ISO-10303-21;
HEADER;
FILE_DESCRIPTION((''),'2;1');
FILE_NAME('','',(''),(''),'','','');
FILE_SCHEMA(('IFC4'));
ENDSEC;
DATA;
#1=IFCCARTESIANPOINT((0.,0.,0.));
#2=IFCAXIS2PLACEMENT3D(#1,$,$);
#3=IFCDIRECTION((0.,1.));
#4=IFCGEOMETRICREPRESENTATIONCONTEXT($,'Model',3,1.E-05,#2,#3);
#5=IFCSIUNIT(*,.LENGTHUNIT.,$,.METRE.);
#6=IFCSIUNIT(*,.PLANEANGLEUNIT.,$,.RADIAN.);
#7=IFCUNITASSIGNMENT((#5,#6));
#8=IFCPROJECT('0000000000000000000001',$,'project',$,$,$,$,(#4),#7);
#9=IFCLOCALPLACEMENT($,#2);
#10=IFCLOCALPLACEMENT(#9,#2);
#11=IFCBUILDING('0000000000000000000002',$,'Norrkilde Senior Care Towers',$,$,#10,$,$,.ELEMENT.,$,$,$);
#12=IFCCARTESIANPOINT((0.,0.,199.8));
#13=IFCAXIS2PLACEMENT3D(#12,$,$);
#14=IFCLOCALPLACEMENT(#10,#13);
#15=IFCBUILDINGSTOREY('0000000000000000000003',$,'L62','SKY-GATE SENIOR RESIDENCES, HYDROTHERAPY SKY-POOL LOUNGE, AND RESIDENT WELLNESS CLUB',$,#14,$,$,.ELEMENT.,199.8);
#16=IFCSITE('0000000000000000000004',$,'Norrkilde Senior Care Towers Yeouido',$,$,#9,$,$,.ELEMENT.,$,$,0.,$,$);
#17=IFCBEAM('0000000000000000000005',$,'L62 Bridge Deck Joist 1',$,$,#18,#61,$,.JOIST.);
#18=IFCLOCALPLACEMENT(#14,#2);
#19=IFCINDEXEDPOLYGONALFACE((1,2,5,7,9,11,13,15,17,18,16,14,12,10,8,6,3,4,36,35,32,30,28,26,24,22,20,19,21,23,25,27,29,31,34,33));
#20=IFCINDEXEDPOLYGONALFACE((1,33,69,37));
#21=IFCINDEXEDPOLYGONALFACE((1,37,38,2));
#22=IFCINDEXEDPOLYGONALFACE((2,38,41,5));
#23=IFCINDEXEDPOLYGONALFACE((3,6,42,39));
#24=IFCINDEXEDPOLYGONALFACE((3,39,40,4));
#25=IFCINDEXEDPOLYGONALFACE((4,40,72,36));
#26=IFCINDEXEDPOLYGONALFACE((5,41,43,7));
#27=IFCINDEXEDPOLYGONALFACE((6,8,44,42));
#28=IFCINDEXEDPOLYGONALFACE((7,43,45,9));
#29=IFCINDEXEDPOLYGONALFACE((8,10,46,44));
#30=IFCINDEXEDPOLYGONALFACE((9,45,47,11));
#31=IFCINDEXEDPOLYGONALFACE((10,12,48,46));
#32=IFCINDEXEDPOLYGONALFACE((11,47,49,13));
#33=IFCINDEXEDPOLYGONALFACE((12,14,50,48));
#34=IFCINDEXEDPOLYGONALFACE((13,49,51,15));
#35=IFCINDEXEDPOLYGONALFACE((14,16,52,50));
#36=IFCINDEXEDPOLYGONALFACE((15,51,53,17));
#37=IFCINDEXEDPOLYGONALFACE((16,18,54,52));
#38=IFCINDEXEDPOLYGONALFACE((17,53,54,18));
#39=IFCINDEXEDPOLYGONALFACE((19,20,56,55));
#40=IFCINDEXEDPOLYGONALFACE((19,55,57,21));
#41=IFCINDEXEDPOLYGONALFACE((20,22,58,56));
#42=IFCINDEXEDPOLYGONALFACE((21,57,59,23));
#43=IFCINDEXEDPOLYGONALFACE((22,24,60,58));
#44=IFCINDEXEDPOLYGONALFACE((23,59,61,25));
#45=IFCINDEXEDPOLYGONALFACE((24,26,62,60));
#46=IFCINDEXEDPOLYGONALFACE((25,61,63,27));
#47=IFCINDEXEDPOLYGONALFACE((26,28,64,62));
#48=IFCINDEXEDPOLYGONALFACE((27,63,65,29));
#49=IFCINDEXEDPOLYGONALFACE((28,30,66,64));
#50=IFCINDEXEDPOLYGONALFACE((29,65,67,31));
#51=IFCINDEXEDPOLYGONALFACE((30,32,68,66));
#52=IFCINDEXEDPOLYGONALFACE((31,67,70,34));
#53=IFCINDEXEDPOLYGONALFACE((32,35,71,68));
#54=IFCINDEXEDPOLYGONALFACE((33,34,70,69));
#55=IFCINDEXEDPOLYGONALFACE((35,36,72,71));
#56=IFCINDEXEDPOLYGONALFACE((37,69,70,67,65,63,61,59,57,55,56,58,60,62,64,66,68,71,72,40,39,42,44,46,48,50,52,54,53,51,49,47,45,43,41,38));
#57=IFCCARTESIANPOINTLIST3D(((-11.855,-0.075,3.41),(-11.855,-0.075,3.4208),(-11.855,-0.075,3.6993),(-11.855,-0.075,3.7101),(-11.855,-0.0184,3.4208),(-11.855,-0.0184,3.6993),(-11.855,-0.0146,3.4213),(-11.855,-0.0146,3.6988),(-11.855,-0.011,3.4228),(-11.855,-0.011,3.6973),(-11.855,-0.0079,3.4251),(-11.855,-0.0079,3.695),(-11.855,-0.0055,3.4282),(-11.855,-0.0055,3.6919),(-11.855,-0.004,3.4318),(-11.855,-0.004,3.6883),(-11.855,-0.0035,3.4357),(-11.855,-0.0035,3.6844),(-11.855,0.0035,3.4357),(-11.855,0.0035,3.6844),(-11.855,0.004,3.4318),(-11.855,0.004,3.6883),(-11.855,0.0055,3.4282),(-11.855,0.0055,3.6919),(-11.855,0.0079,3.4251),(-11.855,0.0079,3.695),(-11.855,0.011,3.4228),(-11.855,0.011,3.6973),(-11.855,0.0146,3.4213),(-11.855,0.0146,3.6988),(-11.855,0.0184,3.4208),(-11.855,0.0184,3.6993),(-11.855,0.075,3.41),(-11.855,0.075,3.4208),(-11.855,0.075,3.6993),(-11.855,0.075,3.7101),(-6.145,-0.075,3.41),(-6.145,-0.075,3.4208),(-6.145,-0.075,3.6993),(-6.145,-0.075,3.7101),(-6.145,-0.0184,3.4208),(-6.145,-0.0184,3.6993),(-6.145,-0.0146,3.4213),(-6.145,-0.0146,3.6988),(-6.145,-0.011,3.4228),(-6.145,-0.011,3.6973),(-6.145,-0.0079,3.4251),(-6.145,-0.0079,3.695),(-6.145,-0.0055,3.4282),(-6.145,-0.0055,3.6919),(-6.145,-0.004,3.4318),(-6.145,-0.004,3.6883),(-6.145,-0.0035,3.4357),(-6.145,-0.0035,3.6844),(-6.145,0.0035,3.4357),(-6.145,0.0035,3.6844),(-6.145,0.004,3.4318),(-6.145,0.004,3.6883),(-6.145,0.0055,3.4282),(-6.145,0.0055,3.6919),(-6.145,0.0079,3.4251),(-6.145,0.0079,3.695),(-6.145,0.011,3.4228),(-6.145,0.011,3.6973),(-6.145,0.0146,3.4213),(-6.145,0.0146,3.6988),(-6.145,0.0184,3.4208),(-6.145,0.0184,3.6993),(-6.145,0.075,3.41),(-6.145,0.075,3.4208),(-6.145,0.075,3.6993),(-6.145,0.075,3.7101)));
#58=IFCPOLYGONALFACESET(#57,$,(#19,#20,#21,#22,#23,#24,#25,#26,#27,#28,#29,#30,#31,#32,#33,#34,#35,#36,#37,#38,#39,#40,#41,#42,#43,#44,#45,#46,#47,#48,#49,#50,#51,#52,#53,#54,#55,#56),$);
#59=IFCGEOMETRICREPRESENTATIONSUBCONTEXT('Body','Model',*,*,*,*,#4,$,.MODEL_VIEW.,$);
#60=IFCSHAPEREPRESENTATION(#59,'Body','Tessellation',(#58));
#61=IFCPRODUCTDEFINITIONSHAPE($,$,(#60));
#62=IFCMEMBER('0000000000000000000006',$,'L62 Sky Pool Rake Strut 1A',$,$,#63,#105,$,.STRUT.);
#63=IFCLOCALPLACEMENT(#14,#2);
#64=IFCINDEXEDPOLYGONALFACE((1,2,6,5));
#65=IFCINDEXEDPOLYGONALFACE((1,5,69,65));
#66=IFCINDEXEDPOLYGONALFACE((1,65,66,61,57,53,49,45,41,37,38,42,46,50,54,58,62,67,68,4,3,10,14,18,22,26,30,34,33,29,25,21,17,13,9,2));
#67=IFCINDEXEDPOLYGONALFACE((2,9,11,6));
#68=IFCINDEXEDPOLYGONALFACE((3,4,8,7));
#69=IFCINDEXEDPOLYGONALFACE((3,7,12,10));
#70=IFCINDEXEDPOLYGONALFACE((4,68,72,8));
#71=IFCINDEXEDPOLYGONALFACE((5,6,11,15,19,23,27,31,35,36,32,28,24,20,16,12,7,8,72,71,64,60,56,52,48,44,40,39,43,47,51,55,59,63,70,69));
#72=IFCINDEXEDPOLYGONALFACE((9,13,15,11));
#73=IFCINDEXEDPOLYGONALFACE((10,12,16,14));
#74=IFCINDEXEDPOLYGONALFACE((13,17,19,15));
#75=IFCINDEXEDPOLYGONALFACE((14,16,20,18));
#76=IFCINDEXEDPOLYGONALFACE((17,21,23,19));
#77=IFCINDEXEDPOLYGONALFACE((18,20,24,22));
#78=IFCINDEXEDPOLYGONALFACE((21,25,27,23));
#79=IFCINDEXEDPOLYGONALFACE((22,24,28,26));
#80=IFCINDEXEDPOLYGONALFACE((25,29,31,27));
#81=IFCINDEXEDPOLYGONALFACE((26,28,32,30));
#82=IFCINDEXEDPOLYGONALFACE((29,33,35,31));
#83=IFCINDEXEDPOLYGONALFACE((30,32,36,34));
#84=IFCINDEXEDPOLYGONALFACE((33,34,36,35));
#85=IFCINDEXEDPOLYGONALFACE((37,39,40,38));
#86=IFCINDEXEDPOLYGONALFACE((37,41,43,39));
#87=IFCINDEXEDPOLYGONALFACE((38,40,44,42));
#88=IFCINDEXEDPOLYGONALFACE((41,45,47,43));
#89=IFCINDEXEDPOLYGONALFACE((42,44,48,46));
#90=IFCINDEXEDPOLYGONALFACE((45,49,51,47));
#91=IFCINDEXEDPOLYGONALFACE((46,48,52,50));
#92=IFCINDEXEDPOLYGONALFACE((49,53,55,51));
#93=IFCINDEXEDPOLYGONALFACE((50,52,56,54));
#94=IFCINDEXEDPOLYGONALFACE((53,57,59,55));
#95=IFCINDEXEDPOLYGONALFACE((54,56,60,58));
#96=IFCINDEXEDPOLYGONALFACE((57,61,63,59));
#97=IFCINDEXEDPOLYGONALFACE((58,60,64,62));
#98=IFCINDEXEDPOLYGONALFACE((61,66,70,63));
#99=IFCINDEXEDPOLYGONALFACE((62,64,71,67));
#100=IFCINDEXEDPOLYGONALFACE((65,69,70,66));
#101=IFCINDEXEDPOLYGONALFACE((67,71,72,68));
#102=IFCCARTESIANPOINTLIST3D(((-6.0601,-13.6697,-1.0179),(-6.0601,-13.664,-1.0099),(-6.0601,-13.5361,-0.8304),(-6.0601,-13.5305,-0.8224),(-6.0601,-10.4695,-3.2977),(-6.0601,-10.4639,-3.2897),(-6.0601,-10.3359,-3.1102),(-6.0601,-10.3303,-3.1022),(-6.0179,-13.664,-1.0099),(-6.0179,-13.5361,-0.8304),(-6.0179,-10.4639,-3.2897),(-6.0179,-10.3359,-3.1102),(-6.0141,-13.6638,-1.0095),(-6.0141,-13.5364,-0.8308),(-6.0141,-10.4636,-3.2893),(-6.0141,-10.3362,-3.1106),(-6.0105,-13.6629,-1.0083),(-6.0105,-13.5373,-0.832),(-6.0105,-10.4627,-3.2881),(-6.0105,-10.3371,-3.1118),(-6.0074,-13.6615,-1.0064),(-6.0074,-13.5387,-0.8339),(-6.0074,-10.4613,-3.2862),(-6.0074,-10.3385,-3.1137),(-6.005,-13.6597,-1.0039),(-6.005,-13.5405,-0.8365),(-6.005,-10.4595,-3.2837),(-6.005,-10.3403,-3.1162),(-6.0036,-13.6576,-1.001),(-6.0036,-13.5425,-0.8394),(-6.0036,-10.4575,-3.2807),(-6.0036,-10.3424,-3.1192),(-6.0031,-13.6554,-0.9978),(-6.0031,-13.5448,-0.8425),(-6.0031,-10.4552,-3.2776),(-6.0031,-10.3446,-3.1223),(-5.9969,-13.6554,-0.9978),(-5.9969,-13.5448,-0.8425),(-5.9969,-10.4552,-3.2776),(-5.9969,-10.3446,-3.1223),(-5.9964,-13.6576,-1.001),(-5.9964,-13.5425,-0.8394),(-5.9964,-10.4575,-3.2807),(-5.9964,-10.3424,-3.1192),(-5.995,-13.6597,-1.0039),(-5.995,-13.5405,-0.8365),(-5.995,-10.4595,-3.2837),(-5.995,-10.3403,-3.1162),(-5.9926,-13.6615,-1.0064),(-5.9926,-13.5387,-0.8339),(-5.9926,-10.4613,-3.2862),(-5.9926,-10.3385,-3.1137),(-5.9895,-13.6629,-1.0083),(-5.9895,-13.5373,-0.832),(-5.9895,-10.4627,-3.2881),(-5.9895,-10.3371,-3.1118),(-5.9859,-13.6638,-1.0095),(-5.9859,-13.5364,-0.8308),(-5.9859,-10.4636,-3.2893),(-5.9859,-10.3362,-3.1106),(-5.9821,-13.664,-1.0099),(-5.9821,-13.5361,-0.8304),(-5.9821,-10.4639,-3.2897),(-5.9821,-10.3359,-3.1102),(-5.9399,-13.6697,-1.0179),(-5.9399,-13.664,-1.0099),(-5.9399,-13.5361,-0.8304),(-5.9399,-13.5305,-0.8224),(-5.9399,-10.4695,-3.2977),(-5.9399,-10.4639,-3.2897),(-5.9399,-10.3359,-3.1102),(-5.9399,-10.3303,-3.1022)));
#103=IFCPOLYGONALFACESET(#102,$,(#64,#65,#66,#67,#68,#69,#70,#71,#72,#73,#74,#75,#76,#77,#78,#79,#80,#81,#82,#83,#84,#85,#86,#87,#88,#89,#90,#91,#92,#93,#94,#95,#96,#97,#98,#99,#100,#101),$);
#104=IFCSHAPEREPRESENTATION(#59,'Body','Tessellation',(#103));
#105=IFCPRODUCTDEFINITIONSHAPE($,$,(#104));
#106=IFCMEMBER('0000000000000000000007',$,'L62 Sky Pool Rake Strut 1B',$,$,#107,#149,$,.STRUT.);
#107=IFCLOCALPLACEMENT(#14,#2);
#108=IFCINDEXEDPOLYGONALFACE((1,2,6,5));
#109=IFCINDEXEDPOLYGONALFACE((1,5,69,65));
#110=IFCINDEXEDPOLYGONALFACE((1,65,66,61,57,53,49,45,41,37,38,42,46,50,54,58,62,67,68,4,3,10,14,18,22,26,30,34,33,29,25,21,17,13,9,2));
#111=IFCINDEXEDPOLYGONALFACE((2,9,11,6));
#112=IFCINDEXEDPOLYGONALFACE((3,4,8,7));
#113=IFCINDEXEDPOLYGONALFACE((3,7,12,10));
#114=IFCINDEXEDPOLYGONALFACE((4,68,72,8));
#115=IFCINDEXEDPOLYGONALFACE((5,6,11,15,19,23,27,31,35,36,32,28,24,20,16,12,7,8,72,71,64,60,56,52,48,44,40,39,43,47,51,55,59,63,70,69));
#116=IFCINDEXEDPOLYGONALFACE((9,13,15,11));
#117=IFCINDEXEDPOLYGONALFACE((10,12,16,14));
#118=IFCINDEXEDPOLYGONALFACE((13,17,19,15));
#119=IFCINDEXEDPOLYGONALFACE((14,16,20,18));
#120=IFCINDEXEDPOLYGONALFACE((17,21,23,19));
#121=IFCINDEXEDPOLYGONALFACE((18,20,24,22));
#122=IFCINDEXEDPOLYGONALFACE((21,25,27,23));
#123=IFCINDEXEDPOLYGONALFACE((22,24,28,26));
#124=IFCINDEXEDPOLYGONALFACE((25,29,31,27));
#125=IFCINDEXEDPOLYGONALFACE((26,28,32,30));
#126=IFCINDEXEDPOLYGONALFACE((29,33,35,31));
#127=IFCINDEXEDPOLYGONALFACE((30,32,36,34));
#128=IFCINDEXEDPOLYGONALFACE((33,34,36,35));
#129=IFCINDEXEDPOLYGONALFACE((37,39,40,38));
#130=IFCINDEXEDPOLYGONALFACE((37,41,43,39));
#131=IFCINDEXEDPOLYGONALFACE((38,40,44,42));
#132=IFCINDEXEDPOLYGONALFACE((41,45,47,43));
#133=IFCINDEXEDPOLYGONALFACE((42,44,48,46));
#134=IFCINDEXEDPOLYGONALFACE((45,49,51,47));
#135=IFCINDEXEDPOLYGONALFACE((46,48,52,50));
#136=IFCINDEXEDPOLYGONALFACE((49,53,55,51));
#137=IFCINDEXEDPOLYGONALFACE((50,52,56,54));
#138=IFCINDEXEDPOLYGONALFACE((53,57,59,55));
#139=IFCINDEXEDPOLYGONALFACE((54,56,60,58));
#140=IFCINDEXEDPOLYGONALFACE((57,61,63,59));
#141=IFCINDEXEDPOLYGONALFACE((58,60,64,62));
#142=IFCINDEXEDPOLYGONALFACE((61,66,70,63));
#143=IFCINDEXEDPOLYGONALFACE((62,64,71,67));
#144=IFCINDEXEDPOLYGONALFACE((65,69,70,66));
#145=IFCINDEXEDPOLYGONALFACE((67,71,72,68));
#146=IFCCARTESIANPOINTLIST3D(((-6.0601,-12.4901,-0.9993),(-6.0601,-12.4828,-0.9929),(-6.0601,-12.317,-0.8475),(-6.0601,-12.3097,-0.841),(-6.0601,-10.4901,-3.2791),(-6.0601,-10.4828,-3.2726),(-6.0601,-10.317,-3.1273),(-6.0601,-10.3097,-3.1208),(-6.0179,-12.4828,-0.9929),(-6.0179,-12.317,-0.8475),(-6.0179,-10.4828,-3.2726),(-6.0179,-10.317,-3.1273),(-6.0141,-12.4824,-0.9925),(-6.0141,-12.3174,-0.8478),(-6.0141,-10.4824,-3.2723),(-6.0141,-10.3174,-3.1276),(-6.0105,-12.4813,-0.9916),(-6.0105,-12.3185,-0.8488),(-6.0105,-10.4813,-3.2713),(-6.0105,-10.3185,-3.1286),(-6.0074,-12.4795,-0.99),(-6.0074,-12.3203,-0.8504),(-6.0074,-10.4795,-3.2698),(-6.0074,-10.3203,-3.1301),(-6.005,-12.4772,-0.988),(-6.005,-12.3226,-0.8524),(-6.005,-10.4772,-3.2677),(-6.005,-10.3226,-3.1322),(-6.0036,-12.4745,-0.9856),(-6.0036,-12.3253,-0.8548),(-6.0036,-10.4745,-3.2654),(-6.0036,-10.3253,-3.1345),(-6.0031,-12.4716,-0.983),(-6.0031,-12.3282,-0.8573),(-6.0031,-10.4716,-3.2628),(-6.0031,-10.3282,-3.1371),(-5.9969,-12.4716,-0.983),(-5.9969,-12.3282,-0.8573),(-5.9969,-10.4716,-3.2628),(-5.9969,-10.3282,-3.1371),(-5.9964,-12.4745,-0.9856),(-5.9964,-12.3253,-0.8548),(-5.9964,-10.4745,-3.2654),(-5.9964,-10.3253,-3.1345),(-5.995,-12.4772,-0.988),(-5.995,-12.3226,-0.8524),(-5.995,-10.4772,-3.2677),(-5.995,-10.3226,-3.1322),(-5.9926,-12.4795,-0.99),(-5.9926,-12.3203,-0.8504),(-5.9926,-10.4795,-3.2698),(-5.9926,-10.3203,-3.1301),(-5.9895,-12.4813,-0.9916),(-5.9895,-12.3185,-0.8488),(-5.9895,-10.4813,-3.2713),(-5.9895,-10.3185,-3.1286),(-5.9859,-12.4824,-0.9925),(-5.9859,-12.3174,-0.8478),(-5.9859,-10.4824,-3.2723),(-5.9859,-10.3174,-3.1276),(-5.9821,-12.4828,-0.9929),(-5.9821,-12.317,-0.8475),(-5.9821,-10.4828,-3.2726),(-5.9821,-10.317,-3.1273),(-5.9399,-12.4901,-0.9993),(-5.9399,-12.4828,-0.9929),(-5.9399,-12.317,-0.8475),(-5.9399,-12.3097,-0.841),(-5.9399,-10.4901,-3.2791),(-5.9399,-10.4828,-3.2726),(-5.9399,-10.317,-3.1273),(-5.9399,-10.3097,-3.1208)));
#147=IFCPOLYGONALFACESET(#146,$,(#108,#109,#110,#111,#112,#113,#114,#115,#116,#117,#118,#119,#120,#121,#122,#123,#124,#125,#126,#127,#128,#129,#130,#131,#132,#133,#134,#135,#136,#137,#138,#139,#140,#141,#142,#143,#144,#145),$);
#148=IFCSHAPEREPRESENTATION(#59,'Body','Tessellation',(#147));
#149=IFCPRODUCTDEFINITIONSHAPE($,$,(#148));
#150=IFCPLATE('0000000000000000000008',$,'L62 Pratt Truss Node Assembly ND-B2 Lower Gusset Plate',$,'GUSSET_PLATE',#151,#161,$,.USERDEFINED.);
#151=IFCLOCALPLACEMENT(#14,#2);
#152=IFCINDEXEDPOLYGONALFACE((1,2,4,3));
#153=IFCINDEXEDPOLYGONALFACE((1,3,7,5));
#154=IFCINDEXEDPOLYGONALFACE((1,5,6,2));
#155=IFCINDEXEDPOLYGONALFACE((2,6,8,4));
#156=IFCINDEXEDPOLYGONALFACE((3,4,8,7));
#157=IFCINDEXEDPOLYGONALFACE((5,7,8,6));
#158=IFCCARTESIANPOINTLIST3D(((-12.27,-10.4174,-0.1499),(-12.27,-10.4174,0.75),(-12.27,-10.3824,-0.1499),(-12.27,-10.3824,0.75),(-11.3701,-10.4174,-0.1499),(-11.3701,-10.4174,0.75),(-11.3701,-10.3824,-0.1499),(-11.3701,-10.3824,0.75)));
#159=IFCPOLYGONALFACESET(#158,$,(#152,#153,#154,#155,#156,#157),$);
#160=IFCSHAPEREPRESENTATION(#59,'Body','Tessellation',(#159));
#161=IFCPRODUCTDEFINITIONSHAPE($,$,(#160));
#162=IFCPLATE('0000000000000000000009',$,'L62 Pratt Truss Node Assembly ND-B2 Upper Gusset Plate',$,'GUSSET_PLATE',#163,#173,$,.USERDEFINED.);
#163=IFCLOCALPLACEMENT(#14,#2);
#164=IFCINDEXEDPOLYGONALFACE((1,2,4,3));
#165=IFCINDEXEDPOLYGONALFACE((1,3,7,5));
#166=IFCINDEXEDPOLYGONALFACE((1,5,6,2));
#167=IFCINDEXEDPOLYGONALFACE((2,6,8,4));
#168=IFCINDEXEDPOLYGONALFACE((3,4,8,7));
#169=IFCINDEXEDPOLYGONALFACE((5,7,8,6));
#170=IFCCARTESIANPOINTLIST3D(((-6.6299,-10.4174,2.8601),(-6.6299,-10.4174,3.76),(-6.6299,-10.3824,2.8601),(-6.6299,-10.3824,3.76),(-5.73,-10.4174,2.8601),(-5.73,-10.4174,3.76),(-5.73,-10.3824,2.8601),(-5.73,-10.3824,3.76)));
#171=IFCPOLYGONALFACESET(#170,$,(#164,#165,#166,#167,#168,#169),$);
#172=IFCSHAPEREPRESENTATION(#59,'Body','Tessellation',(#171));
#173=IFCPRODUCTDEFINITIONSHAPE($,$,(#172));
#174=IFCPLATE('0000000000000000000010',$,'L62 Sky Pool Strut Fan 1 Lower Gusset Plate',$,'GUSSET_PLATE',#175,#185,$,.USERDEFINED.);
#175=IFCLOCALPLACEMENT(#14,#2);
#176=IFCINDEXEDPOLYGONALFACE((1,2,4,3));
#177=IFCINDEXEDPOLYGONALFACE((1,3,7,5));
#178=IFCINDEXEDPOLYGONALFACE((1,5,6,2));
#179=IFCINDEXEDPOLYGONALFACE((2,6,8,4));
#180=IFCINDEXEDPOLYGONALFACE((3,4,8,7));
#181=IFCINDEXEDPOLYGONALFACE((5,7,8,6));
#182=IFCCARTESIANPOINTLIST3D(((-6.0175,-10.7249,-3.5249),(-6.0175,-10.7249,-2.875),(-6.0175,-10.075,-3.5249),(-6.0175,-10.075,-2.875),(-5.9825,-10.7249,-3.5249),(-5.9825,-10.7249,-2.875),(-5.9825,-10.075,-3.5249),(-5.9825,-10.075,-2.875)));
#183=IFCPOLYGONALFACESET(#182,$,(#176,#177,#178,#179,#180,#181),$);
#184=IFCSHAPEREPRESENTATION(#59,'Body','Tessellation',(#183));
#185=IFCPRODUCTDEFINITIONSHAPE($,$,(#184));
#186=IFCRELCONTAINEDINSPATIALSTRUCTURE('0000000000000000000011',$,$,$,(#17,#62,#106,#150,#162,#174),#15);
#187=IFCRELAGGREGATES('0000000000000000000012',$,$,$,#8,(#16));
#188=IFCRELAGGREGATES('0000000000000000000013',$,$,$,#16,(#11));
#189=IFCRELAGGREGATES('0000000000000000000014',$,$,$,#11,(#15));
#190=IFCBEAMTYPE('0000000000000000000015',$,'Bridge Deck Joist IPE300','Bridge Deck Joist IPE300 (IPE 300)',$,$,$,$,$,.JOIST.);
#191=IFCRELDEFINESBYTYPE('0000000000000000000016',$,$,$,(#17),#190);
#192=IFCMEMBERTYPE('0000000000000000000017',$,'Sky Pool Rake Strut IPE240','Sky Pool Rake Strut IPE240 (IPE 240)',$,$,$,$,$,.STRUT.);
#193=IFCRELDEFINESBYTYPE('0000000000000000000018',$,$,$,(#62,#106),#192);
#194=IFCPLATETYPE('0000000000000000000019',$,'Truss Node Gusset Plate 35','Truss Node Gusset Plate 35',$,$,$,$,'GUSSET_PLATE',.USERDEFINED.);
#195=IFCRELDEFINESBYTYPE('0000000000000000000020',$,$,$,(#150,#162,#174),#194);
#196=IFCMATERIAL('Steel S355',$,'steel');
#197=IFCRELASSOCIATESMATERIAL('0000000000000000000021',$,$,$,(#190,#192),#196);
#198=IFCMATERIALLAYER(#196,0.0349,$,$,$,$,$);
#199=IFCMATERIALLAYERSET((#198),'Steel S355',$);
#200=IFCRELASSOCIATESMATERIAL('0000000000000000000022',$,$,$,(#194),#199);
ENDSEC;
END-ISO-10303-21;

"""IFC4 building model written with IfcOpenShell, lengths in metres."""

from ifc_helpers import new_model, si_unit, direction, frame, origin, origin_2d, place, context, subcontext, project, spatial, rectangle, i_section, extrude, source, transform, mapped, material, layer, layer_set, material_profile, profile_set, type_object, type_shapes, element, save


model = new_model("IFC4")

# Units and contexts
model_context = context("Model", 3, precision=1e-05, world=origin(), true_north=direction((0.0, 1.0)))
body_context = subcontext(model_context, "Body", "Model", "MODEL_VIEW")
ifc_project = project(units=[si_unit("LENGTHUNIT", "METRE"), si_unit("PLANEANGLEUNIT", "RADIAN")], contexts=[model_context])

# Site, building, storey
site_placement = place(None, origin())
site = spatial("IfcSite", under=ifc_project, at=site_placement, Name="Norrkilde Senior Care Towers Yeouido", CompositionType="ELEMENT", RefElevation=0.0)
building_placement = place(site_placement, origin())
building = spatial("IfcBuilding", under=site, at=building_placement, Name="Norrkilde Senior Care Towers", CompositionType="ELEMENT")
storey_placement = place(building_placement, frame((0.0, 0.0, 199.8)))
storey = spatial("IfcBuildingStorey", under=building, at=storey_placement, Name="L62", Description="SKY-GATE SENIOR RESIDENCES, HYDROTHERAPY SKY-POOL LOUNGE, AND RESIDENT WELLNESS CLUB", CompositionType="ELEMENT", Elevation=199.8)

# Shared definitions
ifc_material_1 = material(Name="Steel S355", Category="steel")

# Beam
ifc_material_profile_1 = material_profile(ifc_material_1, i_section(OverallWidth=0.1499, OverallDepth=0.3, WebThickness=0.0071, FlangeThickness=0.0107, FilletRadius=0.0149, at=origin_2d()), Name="IPE 300")
ifc_profile_set_1 = profile_set([ifc_material_profile_1], Name="Steel S355")
beam_type_1 = type_object("IfcBeamType", Name="Bridge Deck Joist IPE300", Description="Bridge Deck Joist IPE300 (IPE 300)", PredefinedType="JOIST", material=ifc_profile_set_1)
shared_shape_1 = source(origin(), body_context, "Body", "SweptSolid", [
    extrude(i_section(OverallWidth=0.1499, OverallDepth=0.3, WebThickness=0.0071, FlangeThickness=0.0107, FilletRadius=0.0149, at=origin_2d()), origin(), (0.0, 0.0, 1.0), 5.71),
])
type_shapes(beam_type_1, [shared_shape_1])
beam_1_placement = place(storey_placement, frame((-11.855, 0.0, 3.5601), z_axis=(1.0, 0.0, 0.0), x_axis=(0.0, 1.0, 0.0)))
element("IfcBeam", 1, at=beam_1_placement, inside=storey, type_object=beam_type_1, Name="L62 Bridge Deck Joist 1", PredefinedType="JOIST", context=body_context, shape_type="MappedRepresentation", body=[
    mapped(shared_shape_1, transform((0.0, 0.0, 0.0), x_axis=(1.0, 0.0, 0.0), y_axis=(0.0, 1.0, 0.0), z_axis=(0.0, 0.0, 1.0), scale=1.0)),
])

# Members
ifc_material_profile_2 = material_profile(ifc_material_1, i_section(OverallWidth=0.1201, OverallDepth=0.24, WebThickness=0.0061, FlangeThickness=0.0098, FilletRadius=0.0149, at=origin_2d()), Name="IPE 240")
ifc_profile_set_2 = profile_set([ifc_material_profile_2], Name="Steel S355")
member_type_1 = type_object("IfcMemberType", Name="Sky Pool Rake Strut IPE240", Description="Sky Pool Rake Strut IPE240 (IPE 240)", PredefinedType="STRUT", material=ifc_profile_set_2)
shared_shape_2 = source(origin(), body_context, "Body", "SweptSolid", [
    extrude(i_section(OverallWidth=0.1201, OverallDepth=0.24, WebThickness=0.0061, FlangeThickness=0.0098, FilletRadius=0.0149, at=origin_2d()), origin(), (0.0, 0.0, 1.0), 3.9292),
])
member_1_placement = place(storey_placement, frame((-6.0, -10.3999, -3.2), z_axis=(0.0, -0.814463, 0.580215), x_axis=(1.0, 0.0, 0.0)))
element("IfcMember", 2, at=member_1_placement, inside=storey, type_object=member_type_1, Name="L62 Sky Pool Rake Strut 1A", PredefinedType="STRUT", context=body_context, shape_type="MappedRepresentation", body=[
    mapped(shared_shape_2, transform((0.0, 0.0, 0.0), x_axis=(1.0, 0.0, 0.0), y_axis=(0.0, 1.0, 0.0), z_axis=(0.0, 0.0, 1.0), scale=1.0)),
])
shared_shape_3 = source(origin(), body_context, "Body", "SweptSolid", [
    extrude(i_section(OverallWidth=0.1201, OverallDepth=0.24, WebThickness=0.0061, FlangeThickness=0.0098, FilletRadius=0.0149, at=origin_2d()), origin(), (0.0, 0.0, 1.0), 3.0327),
])
type_shapes(member_type_1, [shared_shape_2, shared_shape_3])
member_2_placement = place(storey_placement, frame((-6.0, -10.3999, -3.2), z_axis=(0.0, -0.659473, 0.751728), x_axis=(1.0, 0.0, 0.0)))
element("IfcMember", 3, at=member_2_placement, inside=storey, type_object=member_type_1, Name="L62 Sky Pool Rake Strut 1B", PredefinedType="STRUT", context=body_context, shape_type="MappedRepresentation", body=[
    mapped(shared_shape_3, transform((0.0, 0.0, 0.0), x_axis=(1.0, 0.0, 0.0), y_axis=(0.0, 1.0, 0.0), z_axis=(0.0, 0.0, 1.0), scale=1.0)),
])

# Plates
ifc_layer_1 = layer(ifc_material_1, 0.0349)
ifc_layer_set_1 = layer_set([ifc_layer_1], Name="Steel S355")
plate_type = type_object("IfcPlateType", Name="Truss Node Gusset Plate 35", Description="Truss Node Gusset Plate 35", ElementType="GUSSET_PLATE", PredefinedType="USERDEFINED", material=ifc_layer_set_1)
shared_shape_4 = source(origin(), body_context, "Body", "SweptSolid", [
    extrude(rectangle(XDim=0.8999, YDim=0.0349, at=origin_2d()), origin(), (0.0, 0.0, 1.0), 0.8999),
])
for number, where, z_axis, x_axis, name in (
    (4, (-11.8201, -10.3999, -0.1499), (0.0, 0.0, 1.0), (1.0, 0.0, 0.0), "L62 Pratt Truss Node Assembly ND-B2 Lower Gusset Plate"),
    (5, (-6.1799, -10.3999, 2.8601), (0.0, 0.0, 1.0), (1.0, 0.0, 0.0), "L62 Pratt Truss Node Assembly ND-B2 Upper Gusset Plate"),
):
    element("IfcPlate", number, at=place(storey_placement, frame(where, z_axis=z_axis, x_axis=x_axis)), inside=storey, type_object=plate_type, Name=name, ObjectType="GUSSET_PLATE", PredefinedType="USERDEFINED", context=body_context, shape_type="MappedRepresentation", body=[
        mapped(shared_shape_4, transform((0.0, 0.0, 0.0), x_axis=(1.0, 0.0, 0.0), y_axis=(0.0, 1.0, 0.0), z_axis=(0.0, 0.0, 1.0), scale=1.0)),
    ])
shared_shape_5 = source(origin(), body_context, "Body", "SweptSolid", [
    extrude(rectangle(XDim=0.0349, YDim=0.6499, at=origin_2d()), origin(), (0.0, 0.0, 1.0), 0.6499),
])
type_shapes(plate_type, [shared_shape_4, shared_shape_5])
plate_placement = place(storey_placement, frame((-6.0, -10.3999, -3.5249), z_axis=(0.0, 0.0, 1.0), x_axis=(1.0, 0.0, 0.0)))
element("IfcPlate", 6, at=plate_placement, inside=storey, type_object=plate_type, Name="L62 Sky Pool Strut Fan 1 Lower Gusset Plate", ObjectType="GUSSET_PLATE", PredefinedType="USERDEFINED", context=body_context, shape_type="MappedRepresentation", body=[
    mapped(shared_shape_5, transform((0.0, 0.0, 0.0), x_axis=(1.0, 0.0, 0.0), y_axis=(0.0, 1.0, 0.0), z_axis=(0.0, 0.0, 1.0), scale=1.0)),
])

save(model, "model.ifc")
